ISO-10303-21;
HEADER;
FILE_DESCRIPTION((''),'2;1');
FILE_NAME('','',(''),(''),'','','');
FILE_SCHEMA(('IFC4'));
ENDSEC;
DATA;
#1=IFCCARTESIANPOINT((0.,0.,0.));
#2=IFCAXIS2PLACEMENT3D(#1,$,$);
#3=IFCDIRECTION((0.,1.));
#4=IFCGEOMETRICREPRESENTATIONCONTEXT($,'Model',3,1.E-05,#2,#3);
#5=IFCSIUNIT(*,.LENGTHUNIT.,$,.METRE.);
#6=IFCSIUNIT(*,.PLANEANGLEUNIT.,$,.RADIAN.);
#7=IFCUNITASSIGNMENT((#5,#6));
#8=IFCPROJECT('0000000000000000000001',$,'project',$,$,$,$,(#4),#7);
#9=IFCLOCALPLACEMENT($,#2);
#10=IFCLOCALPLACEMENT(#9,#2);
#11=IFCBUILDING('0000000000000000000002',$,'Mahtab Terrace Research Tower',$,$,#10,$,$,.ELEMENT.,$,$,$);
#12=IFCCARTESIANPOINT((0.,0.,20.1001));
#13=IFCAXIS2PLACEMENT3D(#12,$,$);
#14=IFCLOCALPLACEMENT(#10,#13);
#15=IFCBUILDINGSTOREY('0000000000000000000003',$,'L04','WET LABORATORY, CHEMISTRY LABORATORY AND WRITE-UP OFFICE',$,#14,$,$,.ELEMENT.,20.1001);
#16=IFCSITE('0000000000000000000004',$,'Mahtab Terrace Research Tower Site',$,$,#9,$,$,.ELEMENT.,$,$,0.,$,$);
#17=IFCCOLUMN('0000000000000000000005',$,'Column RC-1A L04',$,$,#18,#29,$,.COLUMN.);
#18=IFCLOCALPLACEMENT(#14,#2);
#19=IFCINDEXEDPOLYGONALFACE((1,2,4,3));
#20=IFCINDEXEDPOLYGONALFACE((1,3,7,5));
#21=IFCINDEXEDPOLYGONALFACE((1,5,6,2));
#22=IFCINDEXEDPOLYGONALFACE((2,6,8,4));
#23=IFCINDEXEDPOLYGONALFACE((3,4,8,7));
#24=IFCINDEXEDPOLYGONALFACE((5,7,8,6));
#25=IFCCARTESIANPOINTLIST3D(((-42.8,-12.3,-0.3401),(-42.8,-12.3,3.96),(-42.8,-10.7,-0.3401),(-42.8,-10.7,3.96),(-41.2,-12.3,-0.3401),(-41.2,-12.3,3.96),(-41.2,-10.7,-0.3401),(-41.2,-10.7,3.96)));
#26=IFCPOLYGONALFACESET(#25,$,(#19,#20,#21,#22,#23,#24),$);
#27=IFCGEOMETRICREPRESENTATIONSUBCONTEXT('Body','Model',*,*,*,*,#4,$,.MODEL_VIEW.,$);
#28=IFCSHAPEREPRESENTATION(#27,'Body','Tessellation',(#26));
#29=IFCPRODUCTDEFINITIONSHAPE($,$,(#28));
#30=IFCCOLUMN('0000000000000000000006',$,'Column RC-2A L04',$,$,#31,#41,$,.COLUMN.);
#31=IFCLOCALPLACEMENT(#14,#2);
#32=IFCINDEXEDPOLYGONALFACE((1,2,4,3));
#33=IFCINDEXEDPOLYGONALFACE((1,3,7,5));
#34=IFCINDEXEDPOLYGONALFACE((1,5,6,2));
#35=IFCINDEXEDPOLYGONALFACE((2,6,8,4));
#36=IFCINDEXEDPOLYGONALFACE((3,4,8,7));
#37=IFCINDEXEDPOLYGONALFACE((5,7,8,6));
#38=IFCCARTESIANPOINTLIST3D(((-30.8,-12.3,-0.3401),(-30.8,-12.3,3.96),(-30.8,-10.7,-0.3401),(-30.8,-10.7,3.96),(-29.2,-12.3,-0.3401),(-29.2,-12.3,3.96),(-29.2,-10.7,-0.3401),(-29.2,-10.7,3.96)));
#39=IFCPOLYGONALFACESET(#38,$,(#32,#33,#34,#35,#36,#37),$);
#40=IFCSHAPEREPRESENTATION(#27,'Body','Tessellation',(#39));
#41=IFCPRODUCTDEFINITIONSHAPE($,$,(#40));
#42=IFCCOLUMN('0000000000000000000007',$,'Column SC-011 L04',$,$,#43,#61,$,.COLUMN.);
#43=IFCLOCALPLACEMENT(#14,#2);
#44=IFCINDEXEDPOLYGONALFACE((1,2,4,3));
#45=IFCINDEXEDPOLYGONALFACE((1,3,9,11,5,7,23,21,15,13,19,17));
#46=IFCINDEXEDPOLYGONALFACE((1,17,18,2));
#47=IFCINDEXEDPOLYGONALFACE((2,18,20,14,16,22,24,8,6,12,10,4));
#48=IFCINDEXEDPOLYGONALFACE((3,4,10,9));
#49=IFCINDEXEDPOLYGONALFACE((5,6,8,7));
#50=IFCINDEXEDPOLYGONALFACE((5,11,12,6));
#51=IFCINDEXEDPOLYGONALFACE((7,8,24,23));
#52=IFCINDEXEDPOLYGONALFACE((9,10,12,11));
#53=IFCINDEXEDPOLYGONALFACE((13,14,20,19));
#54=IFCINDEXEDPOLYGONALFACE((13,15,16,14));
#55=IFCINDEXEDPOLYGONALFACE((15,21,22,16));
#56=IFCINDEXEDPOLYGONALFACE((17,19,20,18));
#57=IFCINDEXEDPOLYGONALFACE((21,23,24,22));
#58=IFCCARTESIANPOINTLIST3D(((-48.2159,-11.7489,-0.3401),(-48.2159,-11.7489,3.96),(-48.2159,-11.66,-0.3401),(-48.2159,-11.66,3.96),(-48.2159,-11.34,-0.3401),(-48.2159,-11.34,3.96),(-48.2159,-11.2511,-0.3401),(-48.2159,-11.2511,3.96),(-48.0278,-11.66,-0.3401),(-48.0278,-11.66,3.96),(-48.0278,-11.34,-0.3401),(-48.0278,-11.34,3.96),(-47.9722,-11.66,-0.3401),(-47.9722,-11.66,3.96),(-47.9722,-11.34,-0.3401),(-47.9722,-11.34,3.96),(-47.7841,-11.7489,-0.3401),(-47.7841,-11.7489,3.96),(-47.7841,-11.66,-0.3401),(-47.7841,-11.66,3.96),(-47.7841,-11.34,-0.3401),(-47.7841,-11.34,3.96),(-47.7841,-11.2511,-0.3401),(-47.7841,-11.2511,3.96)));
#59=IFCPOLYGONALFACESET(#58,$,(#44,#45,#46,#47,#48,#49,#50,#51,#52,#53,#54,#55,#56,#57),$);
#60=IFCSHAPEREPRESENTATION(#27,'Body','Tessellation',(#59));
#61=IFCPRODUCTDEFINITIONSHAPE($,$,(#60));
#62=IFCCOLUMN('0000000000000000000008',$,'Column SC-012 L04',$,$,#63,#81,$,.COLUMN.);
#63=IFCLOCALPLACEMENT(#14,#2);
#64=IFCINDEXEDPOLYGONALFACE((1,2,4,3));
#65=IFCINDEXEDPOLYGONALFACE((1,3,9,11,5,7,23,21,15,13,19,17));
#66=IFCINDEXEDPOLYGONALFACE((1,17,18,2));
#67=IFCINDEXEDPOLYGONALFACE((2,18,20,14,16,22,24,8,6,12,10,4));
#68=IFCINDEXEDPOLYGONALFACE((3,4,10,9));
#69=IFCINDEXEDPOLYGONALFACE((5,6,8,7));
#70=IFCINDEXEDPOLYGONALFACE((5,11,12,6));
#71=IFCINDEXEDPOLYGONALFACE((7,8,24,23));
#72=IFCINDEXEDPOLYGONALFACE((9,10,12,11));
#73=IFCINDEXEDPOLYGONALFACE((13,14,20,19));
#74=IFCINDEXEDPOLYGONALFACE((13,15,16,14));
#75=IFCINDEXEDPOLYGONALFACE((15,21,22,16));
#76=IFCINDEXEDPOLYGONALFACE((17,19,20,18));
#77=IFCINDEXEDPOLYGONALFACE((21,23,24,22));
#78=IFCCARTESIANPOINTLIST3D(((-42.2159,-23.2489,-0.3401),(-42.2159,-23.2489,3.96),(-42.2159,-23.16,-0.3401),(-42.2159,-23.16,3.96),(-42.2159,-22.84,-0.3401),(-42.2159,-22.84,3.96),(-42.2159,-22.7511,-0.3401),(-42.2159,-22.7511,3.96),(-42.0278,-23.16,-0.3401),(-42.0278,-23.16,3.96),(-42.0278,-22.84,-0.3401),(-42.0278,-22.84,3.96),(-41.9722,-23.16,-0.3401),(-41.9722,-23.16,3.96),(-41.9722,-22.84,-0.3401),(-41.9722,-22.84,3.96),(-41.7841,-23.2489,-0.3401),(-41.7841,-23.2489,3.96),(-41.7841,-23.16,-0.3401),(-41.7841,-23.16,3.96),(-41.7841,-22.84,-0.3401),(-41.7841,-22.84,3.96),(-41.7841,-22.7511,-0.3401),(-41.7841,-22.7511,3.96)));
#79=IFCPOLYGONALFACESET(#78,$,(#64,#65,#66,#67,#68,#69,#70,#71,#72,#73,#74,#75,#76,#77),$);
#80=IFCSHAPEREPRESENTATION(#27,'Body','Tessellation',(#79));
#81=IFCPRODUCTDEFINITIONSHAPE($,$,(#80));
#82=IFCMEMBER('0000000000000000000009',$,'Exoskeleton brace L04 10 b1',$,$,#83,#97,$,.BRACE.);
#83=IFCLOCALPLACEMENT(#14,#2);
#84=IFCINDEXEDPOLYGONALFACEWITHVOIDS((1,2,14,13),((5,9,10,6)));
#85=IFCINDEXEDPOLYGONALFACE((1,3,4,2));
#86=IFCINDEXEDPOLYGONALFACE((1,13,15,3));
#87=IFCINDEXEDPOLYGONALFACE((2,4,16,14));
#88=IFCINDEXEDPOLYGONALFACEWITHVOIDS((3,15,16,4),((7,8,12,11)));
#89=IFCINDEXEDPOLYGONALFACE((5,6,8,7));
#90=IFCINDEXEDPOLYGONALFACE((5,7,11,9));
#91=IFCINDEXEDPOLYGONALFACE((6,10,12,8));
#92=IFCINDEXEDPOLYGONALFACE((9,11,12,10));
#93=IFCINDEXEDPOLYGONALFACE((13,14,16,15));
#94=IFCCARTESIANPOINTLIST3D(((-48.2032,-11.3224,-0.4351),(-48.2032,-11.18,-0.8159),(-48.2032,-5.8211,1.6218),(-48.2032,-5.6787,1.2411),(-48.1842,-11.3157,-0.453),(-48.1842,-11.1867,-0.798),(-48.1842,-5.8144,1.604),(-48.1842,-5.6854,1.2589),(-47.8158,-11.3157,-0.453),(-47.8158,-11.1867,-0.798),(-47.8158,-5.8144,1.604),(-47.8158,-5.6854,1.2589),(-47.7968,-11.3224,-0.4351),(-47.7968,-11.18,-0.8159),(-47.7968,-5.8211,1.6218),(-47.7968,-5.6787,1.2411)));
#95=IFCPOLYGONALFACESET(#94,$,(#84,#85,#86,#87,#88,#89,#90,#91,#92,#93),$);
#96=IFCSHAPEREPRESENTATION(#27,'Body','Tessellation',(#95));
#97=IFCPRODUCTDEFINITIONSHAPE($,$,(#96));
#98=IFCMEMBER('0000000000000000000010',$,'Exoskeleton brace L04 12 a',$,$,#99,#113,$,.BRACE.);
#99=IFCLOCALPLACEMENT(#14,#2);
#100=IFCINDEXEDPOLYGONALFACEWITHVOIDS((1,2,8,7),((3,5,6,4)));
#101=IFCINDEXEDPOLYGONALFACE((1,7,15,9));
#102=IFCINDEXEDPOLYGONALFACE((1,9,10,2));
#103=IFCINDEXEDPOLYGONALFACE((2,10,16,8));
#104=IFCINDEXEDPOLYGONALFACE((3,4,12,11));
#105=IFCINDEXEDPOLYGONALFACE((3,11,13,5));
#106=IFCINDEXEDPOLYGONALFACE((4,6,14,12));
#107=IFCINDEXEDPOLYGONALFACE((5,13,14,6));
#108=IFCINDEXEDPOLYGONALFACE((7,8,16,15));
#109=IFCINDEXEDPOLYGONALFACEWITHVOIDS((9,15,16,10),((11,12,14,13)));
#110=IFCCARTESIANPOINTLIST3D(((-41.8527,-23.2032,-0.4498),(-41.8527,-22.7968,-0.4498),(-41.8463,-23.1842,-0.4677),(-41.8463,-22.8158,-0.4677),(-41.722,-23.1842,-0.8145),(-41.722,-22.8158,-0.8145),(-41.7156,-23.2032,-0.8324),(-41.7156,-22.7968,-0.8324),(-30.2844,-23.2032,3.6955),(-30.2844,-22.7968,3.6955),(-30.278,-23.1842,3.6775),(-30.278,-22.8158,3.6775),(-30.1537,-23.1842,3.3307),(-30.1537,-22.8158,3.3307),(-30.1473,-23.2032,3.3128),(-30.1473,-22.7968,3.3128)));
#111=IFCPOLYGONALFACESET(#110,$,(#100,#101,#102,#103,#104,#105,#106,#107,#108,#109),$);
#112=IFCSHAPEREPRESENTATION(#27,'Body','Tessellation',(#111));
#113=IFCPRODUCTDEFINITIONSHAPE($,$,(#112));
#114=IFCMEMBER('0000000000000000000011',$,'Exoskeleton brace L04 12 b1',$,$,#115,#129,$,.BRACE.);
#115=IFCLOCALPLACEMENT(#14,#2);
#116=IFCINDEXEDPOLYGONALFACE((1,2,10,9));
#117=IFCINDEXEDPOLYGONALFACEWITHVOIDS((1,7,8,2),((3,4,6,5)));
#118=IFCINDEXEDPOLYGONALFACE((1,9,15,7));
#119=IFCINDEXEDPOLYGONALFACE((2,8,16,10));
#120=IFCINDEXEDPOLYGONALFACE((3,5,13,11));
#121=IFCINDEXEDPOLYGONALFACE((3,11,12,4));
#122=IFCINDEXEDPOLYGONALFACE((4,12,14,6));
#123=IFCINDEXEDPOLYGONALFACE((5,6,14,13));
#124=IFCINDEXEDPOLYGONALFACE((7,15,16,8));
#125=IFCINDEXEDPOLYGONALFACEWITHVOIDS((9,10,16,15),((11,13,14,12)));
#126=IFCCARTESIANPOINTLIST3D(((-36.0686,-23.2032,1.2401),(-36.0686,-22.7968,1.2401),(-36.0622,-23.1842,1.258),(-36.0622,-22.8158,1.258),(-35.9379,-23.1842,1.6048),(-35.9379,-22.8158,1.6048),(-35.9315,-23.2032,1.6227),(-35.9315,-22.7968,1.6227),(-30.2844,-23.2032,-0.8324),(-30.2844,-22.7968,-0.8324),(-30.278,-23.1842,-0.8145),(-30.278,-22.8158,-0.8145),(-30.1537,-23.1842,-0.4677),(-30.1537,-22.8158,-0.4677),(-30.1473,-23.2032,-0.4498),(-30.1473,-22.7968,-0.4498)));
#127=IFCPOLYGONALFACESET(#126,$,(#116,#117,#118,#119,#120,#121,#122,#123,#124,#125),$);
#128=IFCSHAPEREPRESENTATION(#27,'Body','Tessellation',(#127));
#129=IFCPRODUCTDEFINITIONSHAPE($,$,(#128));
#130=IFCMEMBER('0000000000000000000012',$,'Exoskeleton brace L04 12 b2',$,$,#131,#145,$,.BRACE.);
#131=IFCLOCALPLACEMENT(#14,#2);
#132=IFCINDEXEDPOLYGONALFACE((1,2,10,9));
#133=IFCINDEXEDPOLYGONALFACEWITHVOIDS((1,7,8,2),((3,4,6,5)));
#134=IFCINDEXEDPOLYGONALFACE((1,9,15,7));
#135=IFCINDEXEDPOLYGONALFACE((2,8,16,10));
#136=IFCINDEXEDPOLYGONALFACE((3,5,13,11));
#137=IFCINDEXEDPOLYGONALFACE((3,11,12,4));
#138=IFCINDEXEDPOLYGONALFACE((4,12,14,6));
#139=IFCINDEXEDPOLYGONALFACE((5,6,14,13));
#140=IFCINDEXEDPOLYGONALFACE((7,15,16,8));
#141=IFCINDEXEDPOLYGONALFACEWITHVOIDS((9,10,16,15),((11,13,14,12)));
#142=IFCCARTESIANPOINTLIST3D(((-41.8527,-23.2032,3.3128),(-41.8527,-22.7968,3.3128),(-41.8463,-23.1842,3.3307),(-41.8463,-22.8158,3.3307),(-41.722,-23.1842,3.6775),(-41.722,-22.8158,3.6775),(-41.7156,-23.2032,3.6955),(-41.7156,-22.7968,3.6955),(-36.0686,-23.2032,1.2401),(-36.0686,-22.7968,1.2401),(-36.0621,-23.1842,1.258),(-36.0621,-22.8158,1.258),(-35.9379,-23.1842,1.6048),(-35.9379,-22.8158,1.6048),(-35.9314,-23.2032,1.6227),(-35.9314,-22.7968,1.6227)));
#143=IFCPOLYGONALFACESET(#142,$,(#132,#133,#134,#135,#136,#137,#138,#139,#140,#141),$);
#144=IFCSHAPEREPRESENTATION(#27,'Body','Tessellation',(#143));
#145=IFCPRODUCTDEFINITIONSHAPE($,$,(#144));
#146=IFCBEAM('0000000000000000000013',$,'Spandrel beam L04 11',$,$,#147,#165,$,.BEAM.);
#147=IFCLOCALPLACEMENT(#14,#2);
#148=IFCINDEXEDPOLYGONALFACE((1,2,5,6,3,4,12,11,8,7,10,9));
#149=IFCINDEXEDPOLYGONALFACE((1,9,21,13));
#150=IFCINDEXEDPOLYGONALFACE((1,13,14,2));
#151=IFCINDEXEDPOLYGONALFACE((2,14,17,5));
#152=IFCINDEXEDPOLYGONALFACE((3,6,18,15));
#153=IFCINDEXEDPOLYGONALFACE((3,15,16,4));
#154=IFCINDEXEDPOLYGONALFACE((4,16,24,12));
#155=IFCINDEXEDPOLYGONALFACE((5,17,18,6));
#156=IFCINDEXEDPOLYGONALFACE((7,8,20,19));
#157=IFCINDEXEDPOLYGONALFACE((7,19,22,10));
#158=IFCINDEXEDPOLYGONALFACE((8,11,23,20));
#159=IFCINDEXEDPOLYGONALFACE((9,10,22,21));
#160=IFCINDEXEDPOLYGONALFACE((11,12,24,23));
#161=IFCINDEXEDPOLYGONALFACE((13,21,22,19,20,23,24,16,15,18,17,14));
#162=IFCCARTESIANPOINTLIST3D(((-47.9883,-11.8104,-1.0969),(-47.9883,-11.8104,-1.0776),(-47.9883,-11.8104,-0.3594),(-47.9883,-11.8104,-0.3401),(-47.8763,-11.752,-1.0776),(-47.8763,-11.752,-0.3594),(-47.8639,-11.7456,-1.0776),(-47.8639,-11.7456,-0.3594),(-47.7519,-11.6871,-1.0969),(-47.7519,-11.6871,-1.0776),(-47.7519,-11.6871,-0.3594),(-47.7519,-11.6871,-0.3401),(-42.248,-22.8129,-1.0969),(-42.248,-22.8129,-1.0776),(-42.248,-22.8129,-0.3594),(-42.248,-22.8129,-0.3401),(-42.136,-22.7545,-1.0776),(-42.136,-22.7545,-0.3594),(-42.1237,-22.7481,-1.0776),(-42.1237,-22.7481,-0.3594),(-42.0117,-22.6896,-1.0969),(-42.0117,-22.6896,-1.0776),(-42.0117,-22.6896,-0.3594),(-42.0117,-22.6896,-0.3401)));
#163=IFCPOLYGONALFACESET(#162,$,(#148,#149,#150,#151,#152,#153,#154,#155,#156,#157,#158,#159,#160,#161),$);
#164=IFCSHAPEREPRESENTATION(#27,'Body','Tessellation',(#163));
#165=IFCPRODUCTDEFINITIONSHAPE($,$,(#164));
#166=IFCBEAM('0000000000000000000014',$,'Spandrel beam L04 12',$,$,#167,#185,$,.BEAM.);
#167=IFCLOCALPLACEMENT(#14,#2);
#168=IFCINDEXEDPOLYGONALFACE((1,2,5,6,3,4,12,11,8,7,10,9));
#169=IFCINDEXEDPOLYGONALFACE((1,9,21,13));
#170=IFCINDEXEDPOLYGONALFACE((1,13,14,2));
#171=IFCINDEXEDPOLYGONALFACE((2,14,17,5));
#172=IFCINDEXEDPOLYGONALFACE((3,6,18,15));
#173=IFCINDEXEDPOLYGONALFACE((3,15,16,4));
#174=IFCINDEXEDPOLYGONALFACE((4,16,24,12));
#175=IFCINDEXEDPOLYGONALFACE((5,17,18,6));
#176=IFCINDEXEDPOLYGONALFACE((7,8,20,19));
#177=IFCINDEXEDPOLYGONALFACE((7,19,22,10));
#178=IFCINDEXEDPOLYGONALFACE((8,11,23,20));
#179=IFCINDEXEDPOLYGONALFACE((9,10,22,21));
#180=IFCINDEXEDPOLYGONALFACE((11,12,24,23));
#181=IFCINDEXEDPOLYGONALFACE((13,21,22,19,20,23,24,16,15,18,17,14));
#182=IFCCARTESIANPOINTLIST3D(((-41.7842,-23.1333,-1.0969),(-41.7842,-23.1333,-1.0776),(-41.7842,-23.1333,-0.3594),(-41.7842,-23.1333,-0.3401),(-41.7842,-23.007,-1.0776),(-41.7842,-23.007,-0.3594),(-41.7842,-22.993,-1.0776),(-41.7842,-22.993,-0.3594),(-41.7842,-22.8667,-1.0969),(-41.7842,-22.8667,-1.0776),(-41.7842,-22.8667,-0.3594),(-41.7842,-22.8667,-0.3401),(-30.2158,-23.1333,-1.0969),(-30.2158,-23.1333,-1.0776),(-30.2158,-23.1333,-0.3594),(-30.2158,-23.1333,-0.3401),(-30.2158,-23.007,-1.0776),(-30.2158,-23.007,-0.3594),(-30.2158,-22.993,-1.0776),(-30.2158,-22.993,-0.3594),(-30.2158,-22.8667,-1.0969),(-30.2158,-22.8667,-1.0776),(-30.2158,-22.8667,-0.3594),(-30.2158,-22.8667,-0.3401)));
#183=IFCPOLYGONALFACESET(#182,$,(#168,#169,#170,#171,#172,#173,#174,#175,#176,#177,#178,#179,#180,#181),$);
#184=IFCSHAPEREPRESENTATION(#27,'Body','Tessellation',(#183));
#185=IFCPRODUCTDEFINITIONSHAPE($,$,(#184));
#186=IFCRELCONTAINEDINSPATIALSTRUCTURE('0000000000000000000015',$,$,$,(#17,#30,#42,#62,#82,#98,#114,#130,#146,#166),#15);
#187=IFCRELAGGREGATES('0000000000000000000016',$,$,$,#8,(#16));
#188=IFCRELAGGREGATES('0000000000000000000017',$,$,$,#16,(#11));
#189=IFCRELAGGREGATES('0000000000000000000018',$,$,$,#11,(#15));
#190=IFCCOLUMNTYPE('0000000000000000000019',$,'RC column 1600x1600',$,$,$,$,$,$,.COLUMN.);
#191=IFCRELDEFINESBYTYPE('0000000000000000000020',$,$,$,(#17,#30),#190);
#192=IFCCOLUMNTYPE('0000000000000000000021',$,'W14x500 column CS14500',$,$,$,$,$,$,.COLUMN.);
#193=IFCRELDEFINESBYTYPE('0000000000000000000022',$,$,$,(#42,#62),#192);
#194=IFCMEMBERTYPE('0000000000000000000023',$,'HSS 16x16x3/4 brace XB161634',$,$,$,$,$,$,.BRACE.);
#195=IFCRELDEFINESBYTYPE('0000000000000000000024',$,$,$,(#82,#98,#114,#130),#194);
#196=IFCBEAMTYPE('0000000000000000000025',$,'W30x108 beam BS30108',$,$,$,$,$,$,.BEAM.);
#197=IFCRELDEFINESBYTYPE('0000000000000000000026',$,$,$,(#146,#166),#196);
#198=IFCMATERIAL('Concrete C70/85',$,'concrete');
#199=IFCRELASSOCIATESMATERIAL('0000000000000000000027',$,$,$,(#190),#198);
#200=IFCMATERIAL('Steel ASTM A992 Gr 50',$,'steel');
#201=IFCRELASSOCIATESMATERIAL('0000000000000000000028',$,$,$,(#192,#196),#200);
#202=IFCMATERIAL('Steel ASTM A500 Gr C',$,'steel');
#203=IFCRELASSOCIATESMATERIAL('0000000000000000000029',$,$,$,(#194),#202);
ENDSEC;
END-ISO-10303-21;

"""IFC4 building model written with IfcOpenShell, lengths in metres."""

from ifc_helpers import new_model, si_unit, direction, frame, origin, origin_2d, place, context, subcontext, project, spatial, rectangle, hollow_rectangle, i_section, extrude, material, material_profile, profile_set, type_object, element, save


model = new_model("IFC4")

# Units and contexts
model_context = context("Model", 3, precision=1e-05, world=origin(), true_north=direction((0.0, 1.0)))
body_context = subcontext(model_context, "Body", "Model", "MODEL_VIEW")
ifc_project = project(units=[si_unit("LENGTHUNIT", "METRE"), si_unit("PLANEANGLEUNIT", "RADIAN")], contexts=[model_context])

# Site, building, storey
site_placement = place(None, origin())
site = spatial("IfcSite", under=ifc_project, at=site_placement, Name="Mahtab Terrace Research Tower Site", CompositionType="ELEMENT", RefElevation=0.0)
building_placement = place(site_placement, origin())
building = spatial("IfcBuilding", under=site, at=building_placement, Name="Mahtab Terrace Research Tower", CompositionType="ELEMENT")
storey_placement = place(building_placement, frame((0.0, 0.0, 20.1001)))
storey = spatial("IfcBuildingStorey", under=building, at=storey_placement, Name="L04", Description="WET LABORATORY, CHEMISTRY LABORATORY AND WRITE-UP OFFICE", CompositionType="ELEMENT", Elevation=20.1001)

# Columns
ifc_material_1 = material(Name="Concrete C70/85", Category="concrete")
ifc_material_profile_1 = material_profile(ifc_material_1, rectangle(XDim=1.6001, YDim=1.6001, at=origin_2d()), Name="RC column 1600x1600")
ifc_profile_set_1 = profile_set([ifc_material_profile_1], Name="Concrete C70/85")
column_type_1 = type_object("IfcColumnType", Name="RC column 1600x1600", PredefinedType="COLUMN", material=ifc_profile_set_1)
for number, where, z_axis, x_axis, name in (
    (1, (-42.0, -11.5, -0.3401), (0.0, 0.0, 1.0), (1.0, 0.0, 0.0), "Column RC-1A L04"),
    (2, (-30.0, -11.5, -0.3401), (0.0, 0.0, 1.0), (1.0, 0.0, 0.0), "Column RC-2A L04"),
):
    element("IfcColumn", number, at=place(storey_placement, frame(where, z_axis=z_axis, x_axis=x_axis)), inside=storey, type_object=column_type_1, Name=name, PredefinedType="COLUMN", context=body_context, shape_type="SweptSolid", body=[
        extrude(rectangle(XDim=1.6001, YDim=1.6001, at=origin_2d()), origin(), (0.0, 0.0, 1.0), 4.3),
    ])
ifc_material_2 = material(Name="Steel ASTM A992 Gr 50", Category="steel")
ifc_material_profile_2 = material_profile(ifc_material_2, i_section(OverallWidth=0.4319, OverallDepth=0.4978, WebThickness=0.0557, FlangeThickness=0.0889, at=origin_2d()), Name="W14X500")
ifc_profile_set_2 = profile_set([ifc_material_profile_2], Name="Steel ASTM A992 Gr 50")
column_type_2 = type_object("IfcColumnType", Name="W14x500 column CS14500", PredefinedType="COLUMN", material=ifc_profile_set_2)
for number, where, z_axis, x_axis, name in (
    (3, (-48.0, -11.5, -0.3401), (0.0, 0.0, 1.0), (1.0, 0.0, 0.0), "Column SC-011 L04"),
    (4, (-42.0, -23.0, -0.3401), (0.0, 0.0, 1.0), (1.0, 0.0, 0.0), "Column SC-012 L04"),
):
    element("IfcColumn", number, at=place(storey_placement, frame(where, z_axis=z_axis, x_axis=x_axis)), inside=storey, type_object=column_type_2, Name=name, PredefinedType="COLUMN", context=body_context, shape_type="SweptSolid", body=[
        extrude(i_section(OverallWidth=0.4319, OverallDepth=0.4978, WebThickness=0.0557, FlangeThickness=0.0889, at=origin_2d()), origin(), (0.0, 0.0, 1.0), 4.3),
    ])

# Members
ifc_material_3 = material(Name="Steel ASTM A500 Gr C", Category="steel")
ifc_material_profile_3 = material_profile(ifc_material_3, hollow_rectangle(XDim=0.4065, YDim=0.4065, WallThickness=0.019, at=origin_2d()), Name="HSS16X16X3/4")
ifc_profile_set_3 = profile_set([ifc_material_profile_3], Name="Steel ASTM A500 Gr C")
member_type = type_object("IfcMemberType", Name="HSS 16x16x3/4 brace XB161634", PredefinedType="BRACE", material=ifc_profile_set_3)
member_1_placement = place(storey_placement, frame((-48.0, -11.2512, -0.6255), z_axis=(0.0, 0.936669, 0.350217), x_axis=(-1.0, 0.0, 0.0)))
element("IfcMember", 5, at=member_1_placement, inside=storey, type_object=member_type, Name="Exoskeleton brace L04 10 b1", PredefinedType="BRACE", context=body_context, shape_type="SweptSolid", body=[
    extrude(hollow_rectangle(XDim=0.4065, YDim=0.4065, WallThickness=0.019, at=origin_2d()), origin(), (0.0, 0.0, 1.0), 5.8733),
])
member_2_placement = place(storey_placement, frame((-41.7842, -23.0, -0.6411), z_axis=(0.941388, 0.0, 0.337325), x_axis=(0.0, 1.0, 0.0)))
element("IfcMember", 6, at=member_2_placement, inside=storey, type_object=member_type, Name="Exoskeleton brace L04 12 a", PredefinedType="BRACE", context=body_context, shape_type="SweptSolid", body=[
    extrude(hollow_rectangle(XDim=0.4065, YDim=0.4065, WallThickness=0.019, at=origin_2d()), origin(), (0.0, 0.0, 1.0), 12.2886),
])
for number, where, z_axis, x_axis, name in (
    (7, (-30.2158, -23.0, -0.6411), (-0.941394, 0.0, 0.337308), (0.0, -1.0, 0.0), "Exoskeleton brace L04 12 b1"),
    (8, (-36.0, -23.0, 1.4314), (-0.941382, 0.0, 0.337343), (0.0, -1.0, 0.0), "Exoskeleton brace L04 12 b2"),
):
    element("IfcMember", number, at=place(storey_placement, frame(where, z_axis=z_axis, x_axis=x_axis)), inside=storey, type_object=member_type, Name=name, PredefinedType="BRACE", context=body_context, shape_type="SweptSolid", body=[
        extrude(hollow_rectangle(XDim=0.4065, YDim=0.4065, WallThickness=0.019, at=origin_2d()), origin(), (0.0, 0.0, 1.0), 6.1443),
    ])

# Beams
ifc_material_profile_4 = material_profile(ifc_material_2, i_section(OverallWidth=0.2666, OverallDepth=0.7568, WebThickness=0.0139, FlangeThickness=0.0193, at=origin_2d()), Name="W30X108")
ifc_profile_set_4 = profile_set([ifc_material_profile_4], Name="Steel ASTM A992 Gr 50")
beam_type = type_object("IfcBeamType", Name="W30x108 beam BS30108", PredefinedType="BEAM", material=ifc_profile_set_4)
beam_1_placement = place(storey_placement, frame((-47.8701, -11.7488, -0.7185), z_axis=(0.462555, -0.88659, 0.0), x_axis=(0.88659, 0.462555, 0.0)))
element("IfcBeam", 9, at=beam_1_placement, inside=storey, type_object=beam_type, Name="Spandrel beam L04 11", PredefinedType="BEAM", context=body_context, shape_type="SweptSolid", body=[
    extrude(i_section(OverallWidth=0.2666, OverallDepth=0.7568, WebThickness=0.0139, FlangeThickness=0.0193, at=origin_2d()), origin(), (0.0, 0.0, 1.0), 12.4099),
])
beam_2_placement = place(storey_placement, frame((-41.7842, -23.0, -0.7185), z_axis=(1.0, 0.0, 0.0), x_axis=(0.0, 1.0, 0.0)))
element("IfcBeam", 10, at=beam_2_placement, inside=storey, type_object=beam_type, Name="Spandrel beam L04 12", PredefinedType="BEAM", context=body_context, shape_type="SweptSolid", body=[
    extrude(i_section(OverallWidth=0.2666, OverallDepth=0.7568, WebThickness=0.0139, FlangeThickness=0.0193, at=origin_2d()), origin(), (0.0, 0.0, 1.0), 11.5684),
])

save(model, "model.ifc")
